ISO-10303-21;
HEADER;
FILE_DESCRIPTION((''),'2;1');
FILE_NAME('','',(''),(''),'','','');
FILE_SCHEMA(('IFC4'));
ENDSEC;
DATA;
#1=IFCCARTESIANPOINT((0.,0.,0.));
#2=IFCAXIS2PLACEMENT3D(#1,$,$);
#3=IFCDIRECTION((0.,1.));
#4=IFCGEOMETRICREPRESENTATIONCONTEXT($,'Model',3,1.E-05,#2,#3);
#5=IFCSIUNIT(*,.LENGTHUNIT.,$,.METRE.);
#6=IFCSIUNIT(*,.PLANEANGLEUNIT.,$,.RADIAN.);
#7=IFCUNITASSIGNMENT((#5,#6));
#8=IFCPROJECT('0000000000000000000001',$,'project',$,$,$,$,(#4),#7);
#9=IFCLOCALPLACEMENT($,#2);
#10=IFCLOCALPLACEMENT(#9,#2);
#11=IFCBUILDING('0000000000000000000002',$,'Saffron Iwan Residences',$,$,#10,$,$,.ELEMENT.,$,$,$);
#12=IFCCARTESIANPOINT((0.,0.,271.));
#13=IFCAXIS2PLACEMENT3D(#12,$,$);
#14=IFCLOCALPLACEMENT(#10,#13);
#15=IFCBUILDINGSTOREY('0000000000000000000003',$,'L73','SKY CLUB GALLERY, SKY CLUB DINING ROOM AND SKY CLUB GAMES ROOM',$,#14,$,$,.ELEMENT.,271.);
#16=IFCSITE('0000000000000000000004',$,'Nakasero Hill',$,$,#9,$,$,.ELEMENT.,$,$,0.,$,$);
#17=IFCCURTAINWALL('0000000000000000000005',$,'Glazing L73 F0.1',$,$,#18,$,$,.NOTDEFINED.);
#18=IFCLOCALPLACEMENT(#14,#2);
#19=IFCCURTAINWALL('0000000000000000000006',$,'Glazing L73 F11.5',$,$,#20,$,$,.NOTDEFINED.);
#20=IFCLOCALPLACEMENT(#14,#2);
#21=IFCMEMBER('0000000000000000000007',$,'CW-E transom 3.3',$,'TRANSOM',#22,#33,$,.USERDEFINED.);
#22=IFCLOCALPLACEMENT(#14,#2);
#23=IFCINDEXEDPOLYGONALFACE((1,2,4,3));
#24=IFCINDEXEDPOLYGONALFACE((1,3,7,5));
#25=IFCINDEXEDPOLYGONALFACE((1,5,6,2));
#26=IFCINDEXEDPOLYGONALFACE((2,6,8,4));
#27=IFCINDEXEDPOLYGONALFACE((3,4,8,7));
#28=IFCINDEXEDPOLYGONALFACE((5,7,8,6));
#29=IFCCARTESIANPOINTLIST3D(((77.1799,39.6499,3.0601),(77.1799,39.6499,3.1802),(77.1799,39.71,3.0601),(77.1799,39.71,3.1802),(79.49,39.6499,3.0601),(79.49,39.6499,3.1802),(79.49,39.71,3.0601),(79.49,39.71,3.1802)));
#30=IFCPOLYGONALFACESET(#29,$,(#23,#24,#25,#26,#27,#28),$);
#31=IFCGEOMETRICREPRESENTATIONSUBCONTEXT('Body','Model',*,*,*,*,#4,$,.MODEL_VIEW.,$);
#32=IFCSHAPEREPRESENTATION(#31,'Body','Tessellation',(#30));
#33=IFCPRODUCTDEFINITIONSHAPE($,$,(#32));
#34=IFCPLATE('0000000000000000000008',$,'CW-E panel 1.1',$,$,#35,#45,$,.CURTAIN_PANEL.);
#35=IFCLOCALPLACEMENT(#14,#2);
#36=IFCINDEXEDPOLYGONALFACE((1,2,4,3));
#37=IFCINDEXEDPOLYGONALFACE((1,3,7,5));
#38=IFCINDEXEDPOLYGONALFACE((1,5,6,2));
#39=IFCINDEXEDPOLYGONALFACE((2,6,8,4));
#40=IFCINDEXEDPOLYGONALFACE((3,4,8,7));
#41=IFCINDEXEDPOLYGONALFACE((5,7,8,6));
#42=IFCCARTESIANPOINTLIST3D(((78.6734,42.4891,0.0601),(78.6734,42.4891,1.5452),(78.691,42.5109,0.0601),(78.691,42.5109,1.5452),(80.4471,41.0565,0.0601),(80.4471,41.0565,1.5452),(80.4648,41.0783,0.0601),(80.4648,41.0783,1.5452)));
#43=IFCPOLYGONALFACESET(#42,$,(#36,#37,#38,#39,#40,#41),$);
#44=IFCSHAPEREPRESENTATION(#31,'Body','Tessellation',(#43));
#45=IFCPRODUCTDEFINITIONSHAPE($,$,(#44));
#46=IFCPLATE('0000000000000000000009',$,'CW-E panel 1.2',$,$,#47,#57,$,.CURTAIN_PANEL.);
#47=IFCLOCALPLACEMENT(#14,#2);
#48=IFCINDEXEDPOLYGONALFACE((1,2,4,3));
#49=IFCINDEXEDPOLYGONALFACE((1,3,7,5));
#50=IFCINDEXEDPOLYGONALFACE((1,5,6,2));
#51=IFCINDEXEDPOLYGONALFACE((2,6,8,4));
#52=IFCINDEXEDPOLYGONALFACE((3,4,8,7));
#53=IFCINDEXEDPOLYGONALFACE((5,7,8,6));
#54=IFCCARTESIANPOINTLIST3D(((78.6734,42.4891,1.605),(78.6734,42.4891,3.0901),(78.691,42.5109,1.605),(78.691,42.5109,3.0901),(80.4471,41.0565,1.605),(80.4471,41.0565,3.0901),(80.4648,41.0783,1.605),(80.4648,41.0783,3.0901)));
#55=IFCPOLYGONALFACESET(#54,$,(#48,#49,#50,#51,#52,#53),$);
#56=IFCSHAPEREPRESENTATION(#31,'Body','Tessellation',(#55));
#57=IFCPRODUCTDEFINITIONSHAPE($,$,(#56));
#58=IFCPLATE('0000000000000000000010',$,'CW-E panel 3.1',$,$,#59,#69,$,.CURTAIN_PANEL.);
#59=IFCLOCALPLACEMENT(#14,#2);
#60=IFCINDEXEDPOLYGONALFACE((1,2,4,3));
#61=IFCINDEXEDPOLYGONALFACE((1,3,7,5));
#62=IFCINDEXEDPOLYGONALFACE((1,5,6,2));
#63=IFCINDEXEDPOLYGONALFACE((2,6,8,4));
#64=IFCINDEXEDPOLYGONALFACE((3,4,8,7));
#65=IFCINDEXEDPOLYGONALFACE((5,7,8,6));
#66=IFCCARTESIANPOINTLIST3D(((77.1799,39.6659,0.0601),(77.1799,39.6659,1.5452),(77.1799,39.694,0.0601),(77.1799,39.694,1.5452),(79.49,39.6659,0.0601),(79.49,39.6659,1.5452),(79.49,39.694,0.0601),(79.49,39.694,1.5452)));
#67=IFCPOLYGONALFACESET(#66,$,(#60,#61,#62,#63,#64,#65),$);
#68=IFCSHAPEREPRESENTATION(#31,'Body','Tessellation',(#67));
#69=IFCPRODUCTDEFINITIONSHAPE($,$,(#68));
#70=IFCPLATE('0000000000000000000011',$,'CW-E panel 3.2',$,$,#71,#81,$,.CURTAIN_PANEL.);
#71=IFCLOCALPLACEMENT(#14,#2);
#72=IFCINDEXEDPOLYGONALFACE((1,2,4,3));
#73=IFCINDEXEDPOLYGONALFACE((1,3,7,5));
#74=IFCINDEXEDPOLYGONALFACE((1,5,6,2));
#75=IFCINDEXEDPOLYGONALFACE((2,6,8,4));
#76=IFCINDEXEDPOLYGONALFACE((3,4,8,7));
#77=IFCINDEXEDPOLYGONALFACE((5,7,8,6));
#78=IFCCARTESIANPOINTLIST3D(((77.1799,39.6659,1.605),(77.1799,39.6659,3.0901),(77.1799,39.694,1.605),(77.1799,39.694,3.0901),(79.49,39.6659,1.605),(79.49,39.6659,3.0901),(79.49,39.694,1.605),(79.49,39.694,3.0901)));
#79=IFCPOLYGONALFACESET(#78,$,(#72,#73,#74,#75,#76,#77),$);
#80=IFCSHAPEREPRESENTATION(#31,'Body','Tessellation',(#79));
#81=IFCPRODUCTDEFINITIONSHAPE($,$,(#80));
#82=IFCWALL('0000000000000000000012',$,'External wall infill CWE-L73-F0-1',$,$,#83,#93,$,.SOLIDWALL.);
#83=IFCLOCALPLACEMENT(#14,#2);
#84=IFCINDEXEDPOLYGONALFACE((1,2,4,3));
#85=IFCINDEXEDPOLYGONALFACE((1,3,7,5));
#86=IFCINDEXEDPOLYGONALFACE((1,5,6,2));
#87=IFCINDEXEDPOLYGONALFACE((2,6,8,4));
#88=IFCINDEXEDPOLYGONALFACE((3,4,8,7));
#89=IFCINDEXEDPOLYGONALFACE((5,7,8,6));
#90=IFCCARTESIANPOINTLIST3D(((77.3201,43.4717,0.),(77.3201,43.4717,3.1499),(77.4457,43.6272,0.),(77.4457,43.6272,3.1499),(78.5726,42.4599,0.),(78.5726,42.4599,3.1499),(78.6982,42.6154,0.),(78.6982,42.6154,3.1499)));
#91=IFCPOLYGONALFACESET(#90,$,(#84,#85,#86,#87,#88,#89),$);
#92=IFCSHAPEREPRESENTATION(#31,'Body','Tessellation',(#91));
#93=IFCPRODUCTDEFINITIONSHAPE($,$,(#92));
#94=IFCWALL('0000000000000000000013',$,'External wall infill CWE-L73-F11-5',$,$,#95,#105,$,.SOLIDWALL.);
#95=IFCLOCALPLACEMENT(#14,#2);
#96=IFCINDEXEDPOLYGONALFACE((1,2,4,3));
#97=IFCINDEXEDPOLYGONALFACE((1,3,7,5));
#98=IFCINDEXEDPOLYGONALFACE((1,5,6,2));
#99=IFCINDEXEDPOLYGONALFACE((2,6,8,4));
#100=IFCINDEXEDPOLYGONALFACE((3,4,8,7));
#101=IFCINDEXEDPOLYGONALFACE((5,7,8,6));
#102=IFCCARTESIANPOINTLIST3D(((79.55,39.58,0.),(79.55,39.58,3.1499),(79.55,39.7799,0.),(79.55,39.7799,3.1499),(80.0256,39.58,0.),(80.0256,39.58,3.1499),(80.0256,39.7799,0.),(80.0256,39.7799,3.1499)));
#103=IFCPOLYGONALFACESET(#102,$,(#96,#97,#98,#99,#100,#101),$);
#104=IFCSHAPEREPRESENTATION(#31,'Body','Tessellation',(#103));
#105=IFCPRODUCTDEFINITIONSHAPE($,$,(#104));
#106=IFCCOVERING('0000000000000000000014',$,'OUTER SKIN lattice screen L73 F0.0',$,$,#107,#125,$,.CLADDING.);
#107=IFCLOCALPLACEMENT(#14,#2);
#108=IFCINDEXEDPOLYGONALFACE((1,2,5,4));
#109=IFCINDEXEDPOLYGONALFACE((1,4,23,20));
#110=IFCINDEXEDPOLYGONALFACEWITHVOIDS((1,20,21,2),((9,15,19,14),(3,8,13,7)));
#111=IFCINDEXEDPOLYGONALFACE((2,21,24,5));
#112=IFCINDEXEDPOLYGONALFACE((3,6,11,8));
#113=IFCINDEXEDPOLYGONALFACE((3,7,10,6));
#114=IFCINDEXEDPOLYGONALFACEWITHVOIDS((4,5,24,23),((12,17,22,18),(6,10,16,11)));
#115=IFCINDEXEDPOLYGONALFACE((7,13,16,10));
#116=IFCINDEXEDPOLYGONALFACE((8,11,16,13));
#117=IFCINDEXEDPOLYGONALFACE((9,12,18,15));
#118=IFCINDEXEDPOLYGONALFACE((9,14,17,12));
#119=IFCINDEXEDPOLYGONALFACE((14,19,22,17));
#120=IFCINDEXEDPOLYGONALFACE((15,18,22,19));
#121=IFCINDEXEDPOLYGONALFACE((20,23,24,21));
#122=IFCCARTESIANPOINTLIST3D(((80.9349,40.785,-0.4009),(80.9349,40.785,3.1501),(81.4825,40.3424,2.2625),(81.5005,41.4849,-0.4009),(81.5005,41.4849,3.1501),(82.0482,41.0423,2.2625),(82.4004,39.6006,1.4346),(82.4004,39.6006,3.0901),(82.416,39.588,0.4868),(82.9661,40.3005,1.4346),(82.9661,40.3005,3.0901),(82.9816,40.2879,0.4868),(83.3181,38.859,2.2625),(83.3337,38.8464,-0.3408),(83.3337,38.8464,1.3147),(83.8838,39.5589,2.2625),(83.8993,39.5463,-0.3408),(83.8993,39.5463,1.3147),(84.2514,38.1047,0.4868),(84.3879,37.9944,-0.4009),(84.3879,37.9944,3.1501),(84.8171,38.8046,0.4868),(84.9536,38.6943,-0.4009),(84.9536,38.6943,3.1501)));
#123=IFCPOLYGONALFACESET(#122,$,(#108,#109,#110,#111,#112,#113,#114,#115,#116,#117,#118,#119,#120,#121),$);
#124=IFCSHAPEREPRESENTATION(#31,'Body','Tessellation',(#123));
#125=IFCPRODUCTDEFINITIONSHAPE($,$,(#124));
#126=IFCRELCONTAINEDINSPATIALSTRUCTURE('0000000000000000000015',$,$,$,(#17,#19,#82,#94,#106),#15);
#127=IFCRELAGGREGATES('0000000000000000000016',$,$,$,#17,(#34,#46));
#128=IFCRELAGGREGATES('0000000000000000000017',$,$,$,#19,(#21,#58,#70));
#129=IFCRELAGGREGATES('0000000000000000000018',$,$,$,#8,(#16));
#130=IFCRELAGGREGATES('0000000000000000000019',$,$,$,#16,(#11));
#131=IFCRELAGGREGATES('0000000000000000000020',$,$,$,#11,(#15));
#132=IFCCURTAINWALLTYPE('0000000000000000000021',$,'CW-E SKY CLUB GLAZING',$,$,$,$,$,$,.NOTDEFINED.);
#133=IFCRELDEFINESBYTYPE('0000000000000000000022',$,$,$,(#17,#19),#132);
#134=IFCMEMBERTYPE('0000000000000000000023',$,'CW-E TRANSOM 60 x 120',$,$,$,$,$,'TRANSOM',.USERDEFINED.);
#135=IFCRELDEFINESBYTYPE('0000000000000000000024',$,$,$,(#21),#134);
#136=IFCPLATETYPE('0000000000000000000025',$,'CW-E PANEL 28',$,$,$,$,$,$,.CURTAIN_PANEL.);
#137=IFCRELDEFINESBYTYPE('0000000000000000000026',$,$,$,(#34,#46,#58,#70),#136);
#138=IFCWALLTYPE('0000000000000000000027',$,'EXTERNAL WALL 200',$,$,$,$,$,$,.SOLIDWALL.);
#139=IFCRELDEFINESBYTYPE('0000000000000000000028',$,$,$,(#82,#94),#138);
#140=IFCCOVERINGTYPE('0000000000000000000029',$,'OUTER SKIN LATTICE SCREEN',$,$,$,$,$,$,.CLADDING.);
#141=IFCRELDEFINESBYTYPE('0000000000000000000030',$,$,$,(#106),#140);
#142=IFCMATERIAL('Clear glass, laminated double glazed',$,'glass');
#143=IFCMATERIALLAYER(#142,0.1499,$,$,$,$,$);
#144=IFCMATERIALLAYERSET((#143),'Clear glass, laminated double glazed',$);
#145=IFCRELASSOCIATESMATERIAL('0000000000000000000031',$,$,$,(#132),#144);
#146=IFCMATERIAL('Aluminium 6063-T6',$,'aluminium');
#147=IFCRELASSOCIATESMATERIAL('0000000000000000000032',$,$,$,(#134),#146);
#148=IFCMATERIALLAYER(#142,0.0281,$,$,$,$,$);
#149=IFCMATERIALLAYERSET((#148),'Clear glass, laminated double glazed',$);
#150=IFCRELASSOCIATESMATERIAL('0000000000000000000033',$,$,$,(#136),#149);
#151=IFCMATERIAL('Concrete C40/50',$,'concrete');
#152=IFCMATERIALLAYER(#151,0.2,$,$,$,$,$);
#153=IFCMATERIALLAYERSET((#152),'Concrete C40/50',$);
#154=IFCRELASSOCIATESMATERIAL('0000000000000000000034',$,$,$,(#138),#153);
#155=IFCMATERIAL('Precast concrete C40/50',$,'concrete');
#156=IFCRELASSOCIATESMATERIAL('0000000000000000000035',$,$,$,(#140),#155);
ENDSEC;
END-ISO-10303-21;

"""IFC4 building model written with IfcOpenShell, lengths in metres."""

from ifc_helpers import new_model, si_unit, direction, frame, frame_2d, origin, origin_2d, place, context, subcontext, project, spatial, polyline, rectangle, outline, extrude, source, transform, mapped, material, layer, layer_set, material_profile, profile_set, type_object, element, aggregate, save


model = new_model("IFC4")

# Units and contexts
model_context = context("Model", 3, precision=1e-05, world=origin(), true_north=direction((0.0, 1.0)))
body_context = subcontext(model_context, "Body", "Model", "MODEL_VIEW")
ifc_project = project(units=[si_unit("LENGTHUNIT", "METRE"), si_unit("PLANEANGLEUNIT", "RADIAN")], contexts=[model_context])

# Site, building, storey
site_placement = place(None, origin())
site = spatial("IfcSite", under=ifc_project, at=site_placement, Name="Nakasero Hill", CompositionType="ELEMENT", RefElevation=0.0)
building_placement = place(site_placement, origin())
building = spatial("IfcBuilding", under=site, at=building_placement, Name="Saffron Iwan Residences", CompositionType="ELEMENT")
storey_placement = place(building_placement, frame((0.0, 0.0, 271.0)))
storey = spatial("IfcBuildingStorey", under=building, at=storey_placement, Name="L73", Description="SKY CLUB GALLERY, SKY CLUB DINING ROOM AND SKY CLUB GAMES ROOM", CompositionType="ELEMENT", Elevation=271.0)

# Shared definitions
ifc_material_1 = material(Name="Concrete C40/50", Category="concrete")

# Curtain wall
ifc_material_2 = material(Name="Clear glass, laminated double glazed", Category="glass")
ifc_layer_1 = layer(ifc_material_2, 0.1499)
ifc_layer_set_1 = layer_set([ifc_layer_1], Name="Clear glass, laminated double glazed")
curtain_wall_type = type_object("IfcCurtainWallType", Name="CW-E SKY CLUB GLAZING", PredefinedType="NOTDEFINED", material=ifc_layer_set_1)
curtain_wall_1_placement = place(storey_placement, origin())
curtain_wall_1 = element("IfcCurtainWall", 1, at=curtain_wall_1_placement, inside=storey, type_object=curtain_wall_type, Name="Glazing L73 F0.1", PredefinedType="NOTDEFINED")
ifc_material_3 = material(Name="Aluminium 6063-T6", Category="aluminium")

# Curtain wall
curtain_wall_2_placement = place(storey_placement, origin())
curtain_wall_2 = element("IfcCurtainWall", 2, at=curtain_wall_2_placement, inside=storey, type_object=curtain_wall_type, Name="Glazing L73 F11.5", PredefinedType="NOTDEFINED")

# Member
ifc_material_profile_1 = material_profile(ifc_material_3, rectangle(XDim=0.0601, YDim=0.1201, at=origin_2d()), Name="CW-E TRANSOM 60 x 120")
ifc_profile_set_1 = profile_set([ifc_material_profile_1], Name="Aluminium 6063-T6")
member_type_1 = type_object("IfcMemberType", Name="CW-E TRANSOM 60 x 120", ElementType="TRANSOM", PredefinedType="USERDEFINED", material=ifc_profile_set_1)
shared_shape_1 = source(origin(), body_context, "Body", "SweptSolid", [
    extrude(rectangle(XDim=0.0601, YDim=0.1201, at=origin_2d()), origin(), (0.0, 0.0, 1.0), 2.3101),
])
member_1_placement = place(storey_placement, frame((77.1799, 39.6799, 3.1201), z_axis=(1.0, 0.0, 0.0), x_axis=(0.0, 1.0, 0.0)))
member_1 = element("IfcMember", 3, at=member_1_placement, type_object=member_type_1, Name="CW-E transom 3.3", ObjectType="TRANSOM", PredefinedType="USERDEFINED", context=body_context, shape_type="MappedRepresentation", body=[
    mapped(shared_shape_1, transform((0.0, 0.0, 0.0))),
])

# Plates
ifc_layer_2 = layer(ifc_material_2, 0.0281)
ifc_layer_set_2 = layer_set([ifc_layer_2], Name="Clear glass, laminated double glazed")
plate_type = type_object("IfcPlateType", Name="CW-E PANEL 28", PredefinedType="CURTAIN_PANEL", material=ifc_layer_set_2)
shared_shape_2 = source(origin(), body_context, "Body", "SweptSolid", [
    extrude(rectangle(XDim=2.28, YDim=0.0281, at=origin_2d()), origin(), (0.0, 0.0, 1.0), 1.4851),
])
plate_1_placement = place(storey_placement, frame((79.5691, 41.7837, 0.0601), z_axis=(0.0, 0.0, 1.0), x_axis=(-0.777941, 0.628337, 0.0)))
plate_1 = element("IfcPlate", 4, at=plate_1_placement, type_object=plate_type, Name="CW-E panel 1.1", PredefinedType="CURTAIN_PANEL", context=body_context, shape_type="MappedRepresentation", body=[
    mapped(shared_shape_2, transform((0.0, 0.0, 0.0))),
])
plate_2_placement = place(storey_placement, frame((79.5691, 41.7837, 1.605), z_axis=(0.0, 0.0, 1.0), x_axis=(-0.777941, 0.628337, 0.0)))
plate_2 = element("IfcPlate", 5, at=plate_2_placement, type_object=plate_type, Name="CW-E panel 1.2", PredefinedType="CURTAIN_PANEL", context=body_context, shape_type="MappedRepresentation", body=[
    mapped(shared_shape_2, transform((0.0, 0.0, 0.0))),
])
aggregate(curtain_wall_1, [plate_1, plate_2])
shared_shape_3 = source(origin(), body_context, "Body", "SweptSolid", [
    extrude(rectangle(XDim=2.3101, YDim=0.0281, at=origin_2d()), origin(), (0.0, 0.0, 1.0), 1.4851),
])
plate_3_placement = place(storey_placement, frame((78.335, 39.6799, 0.0601), z_axis=(0.0, 0.0, 1.0), x_axis=(1.0, 0.0, 0.0)))
plate_3 = element("IfcPlate", 6, at=plate_3_placement, type_object=plate_type, Name="CW-E panel 3.1", PredefinedType="CURTAIN_PANEL", context=body_context, shape_type="MappedRepresentation", body=[
    mapped(shared_shape_3, transform((0.0, 0.0, 0.0))),
])
plate_4_placement = place(storey_placement, frame((78.335, 39.6799, 1.605), z_axis=(0.0, 0.0, 1.0), x_axis=(1.0, 0.0, 0.0)))
plate_4 = element("IfcPlate", 7, at=plate_4_placement, type_object=plate_type, Name="CW-E panel 3.2", PredefinedType="CURTAIN_PANEL", context=body_context, shape_type="MappedRepresentation", body=[
    mapped(shared_shape_3, transform((0.0, 0.0, 0.0))),
])
aggregate(curtain_wall_2, [member_1, plate_3, plate_4])

# Walls
ifc_layer_3 = layer(ifc_material_1, 0.2)
ifc_layer_set_3 = layer_set([ifc_layer_3], Name="Concrete C40/50")
wall_type = type_object("IfcWallType", Name="EXTERNAL WALL 200", PredefinedType="SOLIDWALL", material=ifc_layer_set_3)
wall_1_placement = place(storey_placement, frame((78.6355, 42.5376, 0.0), z_axis=(0.0, 0.0, 1.0), x_axis=(-0.777901, 0.628387, 0.0)))
element("IfcWall", 8, at=wall_1_placement, inside=storey, type_object=wall_type, Name="External wall infill CWE-L73-F0-1", PredefinedType="SOLIDWALL", context=body_context, shape_type="SweptSolid", body=[
    extrude(rectangle(XDim=1.6101, YDim=0.2, at=frame_2d((0.8052, 0.0))), origin(), (0.0, 0.0, 1.0), 3.1499),
])
wall_2_placement = place(storey_placement, frame((79.55, 39.6799, 0.0), z_axis=(0.0, 0.0, 1.0), x_axis=(1.0, 0.0, 0.0)))
element("IfcWall", 9, at=wall_2_placement, inside=storey, type_object=wall_type, Name="External wall infill CWE-L73-F11-5", PredefinedType="SOLIDWALL", context=body_context, shape_type="SweptSolid", body=[
    extrude(rectangle(XDim=0.4756, YDim=0.2, at=frame_2d((0.2378, 0.0))), origin(), (0.0, 0.0, 1.0), 3.1499),
])

# Covering
ifc_material_4 = material(Name="Precast concrete C40/50", Category="concrete")
covering_type = type_object("IfcCoveringType", Name="OUTER SKIN LATTICE SCREEN", PredefinedType="CLADDING", material=ifc_material_4)
covering_placement = place(storey_placement, frame((84.3879, 37.9944, -0.4009), z_axis=(0.628558, 0.777763, 0.0), x_axis=(-0.777763, 0.628558, 0.0)))
element("IfcCovering", 10, at=covering_placement, inside=storey, type_object=covering_type, Name="OUTER SKIN lattice screen L73 F0.0", PredefinedType="CLADDING", context=body_context, shape_type="SweptSolid", body=[
    extrude(outline(polyline([(0.0, 0.0), (4.4397, 0.0), (4.4397, 3.551), (0.0, 3.551), (0.0, 0.0)]), holes=[polyline([(0.1755, 0.8877), (1.3555, 0.0601), (2.5354, 0.8877), (1.3555, 1.7156), (0.1755, 0.8877)]), polyline([(1.3755, 2.6633), (2.5554, 1.8354), (3.7356, 2.6633), (2.5554, 3.491), (1.3755, 2.6633)])]), origin(), (0.0, 0.0, 1.0), 0.8999),
])

save(model, "model.ifc")
